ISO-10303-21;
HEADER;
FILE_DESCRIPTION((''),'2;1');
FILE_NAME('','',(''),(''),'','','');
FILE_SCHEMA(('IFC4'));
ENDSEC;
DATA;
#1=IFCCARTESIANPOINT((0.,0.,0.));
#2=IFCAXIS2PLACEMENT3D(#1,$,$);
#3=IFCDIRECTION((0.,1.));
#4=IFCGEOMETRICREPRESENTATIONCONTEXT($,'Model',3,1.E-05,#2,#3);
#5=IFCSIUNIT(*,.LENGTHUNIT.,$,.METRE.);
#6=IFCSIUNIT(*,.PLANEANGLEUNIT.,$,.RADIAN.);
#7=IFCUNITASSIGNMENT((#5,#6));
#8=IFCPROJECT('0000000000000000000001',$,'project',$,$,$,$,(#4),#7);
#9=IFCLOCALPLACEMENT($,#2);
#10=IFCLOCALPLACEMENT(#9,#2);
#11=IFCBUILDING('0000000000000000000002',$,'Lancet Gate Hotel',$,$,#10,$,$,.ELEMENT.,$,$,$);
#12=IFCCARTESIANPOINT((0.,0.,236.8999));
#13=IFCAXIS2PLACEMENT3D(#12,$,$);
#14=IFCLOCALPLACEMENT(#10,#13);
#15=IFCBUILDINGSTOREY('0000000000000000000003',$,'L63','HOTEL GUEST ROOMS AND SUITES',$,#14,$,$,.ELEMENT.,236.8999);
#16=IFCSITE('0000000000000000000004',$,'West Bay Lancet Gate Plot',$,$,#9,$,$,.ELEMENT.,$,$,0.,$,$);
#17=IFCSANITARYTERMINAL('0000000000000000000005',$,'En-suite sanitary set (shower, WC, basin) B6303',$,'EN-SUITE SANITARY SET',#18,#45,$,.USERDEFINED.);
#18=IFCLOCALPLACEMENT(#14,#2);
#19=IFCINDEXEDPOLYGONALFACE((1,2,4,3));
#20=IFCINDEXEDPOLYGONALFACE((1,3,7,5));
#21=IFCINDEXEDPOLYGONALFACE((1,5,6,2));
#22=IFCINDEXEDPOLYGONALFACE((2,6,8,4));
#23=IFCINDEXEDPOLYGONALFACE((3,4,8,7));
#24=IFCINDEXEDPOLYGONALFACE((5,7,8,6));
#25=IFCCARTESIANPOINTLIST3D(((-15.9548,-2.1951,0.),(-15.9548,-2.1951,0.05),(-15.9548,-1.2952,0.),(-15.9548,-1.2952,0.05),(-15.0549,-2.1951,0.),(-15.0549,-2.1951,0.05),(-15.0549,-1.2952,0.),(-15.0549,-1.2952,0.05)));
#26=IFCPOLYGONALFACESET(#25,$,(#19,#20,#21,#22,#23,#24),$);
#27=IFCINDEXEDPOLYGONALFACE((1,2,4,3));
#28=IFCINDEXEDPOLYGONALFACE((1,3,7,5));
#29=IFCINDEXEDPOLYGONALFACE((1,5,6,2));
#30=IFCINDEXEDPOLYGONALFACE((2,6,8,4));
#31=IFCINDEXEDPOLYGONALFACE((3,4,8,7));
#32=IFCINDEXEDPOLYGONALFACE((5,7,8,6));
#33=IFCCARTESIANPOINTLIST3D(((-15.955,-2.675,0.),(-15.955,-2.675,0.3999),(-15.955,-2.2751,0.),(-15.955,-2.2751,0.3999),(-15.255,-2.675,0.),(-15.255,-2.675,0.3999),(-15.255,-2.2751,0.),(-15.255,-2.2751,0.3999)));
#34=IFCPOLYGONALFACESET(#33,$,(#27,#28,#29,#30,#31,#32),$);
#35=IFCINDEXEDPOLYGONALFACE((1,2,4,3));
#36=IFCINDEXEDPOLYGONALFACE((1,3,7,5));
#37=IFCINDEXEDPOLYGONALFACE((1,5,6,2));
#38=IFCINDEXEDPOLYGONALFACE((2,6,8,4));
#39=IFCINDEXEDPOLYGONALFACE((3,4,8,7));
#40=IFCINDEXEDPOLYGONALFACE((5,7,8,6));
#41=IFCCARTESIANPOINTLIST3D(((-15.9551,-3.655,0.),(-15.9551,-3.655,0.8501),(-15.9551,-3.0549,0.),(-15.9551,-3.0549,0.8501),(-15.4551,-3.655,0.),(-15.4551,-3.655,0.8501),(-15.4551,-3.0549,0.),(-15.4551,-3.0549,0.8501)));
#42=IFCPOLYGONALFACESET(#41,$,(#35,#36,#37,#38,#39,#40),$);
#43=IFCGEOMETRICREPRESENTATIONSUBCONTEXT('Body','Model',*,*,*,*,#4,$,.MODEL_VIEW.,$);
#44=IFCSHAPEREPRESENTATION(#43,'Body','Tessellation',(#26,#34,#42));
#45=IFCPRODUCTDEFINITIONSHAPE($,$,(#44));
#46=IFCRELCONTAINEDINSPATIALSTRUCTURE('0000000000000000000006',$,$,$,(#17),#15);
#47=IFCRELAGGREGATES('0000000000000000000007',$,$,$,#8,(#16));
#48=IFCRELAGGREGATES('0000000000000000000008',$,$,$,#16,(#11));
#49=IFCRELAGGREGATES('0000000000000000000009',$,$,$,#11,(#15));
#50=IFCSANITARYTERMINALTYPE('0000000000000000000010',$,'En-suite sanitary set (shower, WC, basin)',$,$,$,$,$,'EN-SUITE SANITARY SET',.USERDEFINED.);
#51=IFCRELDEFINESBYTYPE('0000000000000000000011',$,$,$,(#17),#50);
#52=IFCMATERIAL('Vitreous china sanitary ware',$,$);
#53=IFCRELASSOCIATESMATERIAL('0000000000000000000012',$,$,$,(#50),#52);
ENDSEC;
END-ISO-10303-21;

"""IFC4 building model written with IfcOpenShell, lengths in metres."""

from ifc_helpers import new_model, si_unit, direction, frame, origin, origin_2d, place, context, subcontext, project, spatial, rectangle, extrude, material, type_object, element, save


model = new_model("IFC4")

# Units and contexts
model_context = context("Model", 3, precision=1e-05, world=origin(), true_north=direction((0.0, 1.0)))
body_context = subcontext(model_context, "Body", "Model", "MODEL_VIEW")
ifc_project = project(units=[si_unit("LENGTHUNIT", "METRE"), si_unit("PLANEANGLEUNIT", "RADIAN")], contexts=[model_context])

# Site, building, storey
site_placement = place(None, origin())
site = spatial("IfcSite", under=ifc_project, at=site_placement, Name="West Bay Lancet Gate Plot", CompositionType="ELEMENT", RefElevation=0.0)
building_placement = place(site_placement, origin())
building = spatial("IfcBuilding", under=site, at=building_placement, Name="Lancet Gate Hotel", CompositionType="ELEMENT")
storey_placement = place(building_placement, frame((0.0, 0.0, 236.8999)))
storey = spatial("IfcBuildingStorey", under=building, at=storey_placement, Name="L63", Description="HOTEL GUEST ROOMS AND SUITES", CompositionType="ELEMENT", Elevation=236.8999)

# Sanitary terminal
ifc_material_1 = material(Name="Vitreous china sanitary ware")
sanitary_terminal_type = type_object("IfcSanitaryTerminalType", Name="En-suite sanitary set (shower, WC, basin)", ElementType="EN-SUITE SANITARY SET", PredefinedType="USERDEFINED", material=ifc_material_1)
sanitary_terminal_placement = place(storey_placement, frame((-15.5049, -1.7451, 0.0), z_axis=(0.0, 0.0, 1.0), x_axis=(1.0, 0.0, 0.0)))
element("IfcSanitaryTerminal", 1, at=sanitary_terminal_placement, inside=storey, type_object=sanitary_terminal_type, Name="En-suite sanitary set (shower, WC, basin) B6303", ObjectType="EN-SUITE SANITARY SET", PredefinedType="USERDEFINED", context=body_context, shape_type="SweptSolid", body=[
    extrude(rectangle(XDim=0.8999, YDim=0.8999, at=origin_2d()), frame((0.0, 0.0, 0.0), z_axis=(0.0, 0.0, 1.0), x_axis=(0.0, 1.0, 0.0)), (0.0, 0.0, 1.0), 0.05),
    extrude(rectangle(XDim=0.3999, YDim=0.7, at=origin_2d()), frame((-0.1001, -0.73, 0.0), z_axis=(0.0, 0.0, 1.0), x_axis=(0.0, 1.0, 0.0)), (0.0, 0.0, 1.0), 0.3999),
    extrude(rectangle(XDim=0.6001, YDim=0.5, at=origin_2d()), frame((-0.2002, -1.6099, 0.0), z_axis=(0.0, 0.0, 1.0), x_axis=(0.0, 1.0, 0.0)), (0.0, 0.0, 1.0), 0.8501),
])

save(model, "model.ifc")
